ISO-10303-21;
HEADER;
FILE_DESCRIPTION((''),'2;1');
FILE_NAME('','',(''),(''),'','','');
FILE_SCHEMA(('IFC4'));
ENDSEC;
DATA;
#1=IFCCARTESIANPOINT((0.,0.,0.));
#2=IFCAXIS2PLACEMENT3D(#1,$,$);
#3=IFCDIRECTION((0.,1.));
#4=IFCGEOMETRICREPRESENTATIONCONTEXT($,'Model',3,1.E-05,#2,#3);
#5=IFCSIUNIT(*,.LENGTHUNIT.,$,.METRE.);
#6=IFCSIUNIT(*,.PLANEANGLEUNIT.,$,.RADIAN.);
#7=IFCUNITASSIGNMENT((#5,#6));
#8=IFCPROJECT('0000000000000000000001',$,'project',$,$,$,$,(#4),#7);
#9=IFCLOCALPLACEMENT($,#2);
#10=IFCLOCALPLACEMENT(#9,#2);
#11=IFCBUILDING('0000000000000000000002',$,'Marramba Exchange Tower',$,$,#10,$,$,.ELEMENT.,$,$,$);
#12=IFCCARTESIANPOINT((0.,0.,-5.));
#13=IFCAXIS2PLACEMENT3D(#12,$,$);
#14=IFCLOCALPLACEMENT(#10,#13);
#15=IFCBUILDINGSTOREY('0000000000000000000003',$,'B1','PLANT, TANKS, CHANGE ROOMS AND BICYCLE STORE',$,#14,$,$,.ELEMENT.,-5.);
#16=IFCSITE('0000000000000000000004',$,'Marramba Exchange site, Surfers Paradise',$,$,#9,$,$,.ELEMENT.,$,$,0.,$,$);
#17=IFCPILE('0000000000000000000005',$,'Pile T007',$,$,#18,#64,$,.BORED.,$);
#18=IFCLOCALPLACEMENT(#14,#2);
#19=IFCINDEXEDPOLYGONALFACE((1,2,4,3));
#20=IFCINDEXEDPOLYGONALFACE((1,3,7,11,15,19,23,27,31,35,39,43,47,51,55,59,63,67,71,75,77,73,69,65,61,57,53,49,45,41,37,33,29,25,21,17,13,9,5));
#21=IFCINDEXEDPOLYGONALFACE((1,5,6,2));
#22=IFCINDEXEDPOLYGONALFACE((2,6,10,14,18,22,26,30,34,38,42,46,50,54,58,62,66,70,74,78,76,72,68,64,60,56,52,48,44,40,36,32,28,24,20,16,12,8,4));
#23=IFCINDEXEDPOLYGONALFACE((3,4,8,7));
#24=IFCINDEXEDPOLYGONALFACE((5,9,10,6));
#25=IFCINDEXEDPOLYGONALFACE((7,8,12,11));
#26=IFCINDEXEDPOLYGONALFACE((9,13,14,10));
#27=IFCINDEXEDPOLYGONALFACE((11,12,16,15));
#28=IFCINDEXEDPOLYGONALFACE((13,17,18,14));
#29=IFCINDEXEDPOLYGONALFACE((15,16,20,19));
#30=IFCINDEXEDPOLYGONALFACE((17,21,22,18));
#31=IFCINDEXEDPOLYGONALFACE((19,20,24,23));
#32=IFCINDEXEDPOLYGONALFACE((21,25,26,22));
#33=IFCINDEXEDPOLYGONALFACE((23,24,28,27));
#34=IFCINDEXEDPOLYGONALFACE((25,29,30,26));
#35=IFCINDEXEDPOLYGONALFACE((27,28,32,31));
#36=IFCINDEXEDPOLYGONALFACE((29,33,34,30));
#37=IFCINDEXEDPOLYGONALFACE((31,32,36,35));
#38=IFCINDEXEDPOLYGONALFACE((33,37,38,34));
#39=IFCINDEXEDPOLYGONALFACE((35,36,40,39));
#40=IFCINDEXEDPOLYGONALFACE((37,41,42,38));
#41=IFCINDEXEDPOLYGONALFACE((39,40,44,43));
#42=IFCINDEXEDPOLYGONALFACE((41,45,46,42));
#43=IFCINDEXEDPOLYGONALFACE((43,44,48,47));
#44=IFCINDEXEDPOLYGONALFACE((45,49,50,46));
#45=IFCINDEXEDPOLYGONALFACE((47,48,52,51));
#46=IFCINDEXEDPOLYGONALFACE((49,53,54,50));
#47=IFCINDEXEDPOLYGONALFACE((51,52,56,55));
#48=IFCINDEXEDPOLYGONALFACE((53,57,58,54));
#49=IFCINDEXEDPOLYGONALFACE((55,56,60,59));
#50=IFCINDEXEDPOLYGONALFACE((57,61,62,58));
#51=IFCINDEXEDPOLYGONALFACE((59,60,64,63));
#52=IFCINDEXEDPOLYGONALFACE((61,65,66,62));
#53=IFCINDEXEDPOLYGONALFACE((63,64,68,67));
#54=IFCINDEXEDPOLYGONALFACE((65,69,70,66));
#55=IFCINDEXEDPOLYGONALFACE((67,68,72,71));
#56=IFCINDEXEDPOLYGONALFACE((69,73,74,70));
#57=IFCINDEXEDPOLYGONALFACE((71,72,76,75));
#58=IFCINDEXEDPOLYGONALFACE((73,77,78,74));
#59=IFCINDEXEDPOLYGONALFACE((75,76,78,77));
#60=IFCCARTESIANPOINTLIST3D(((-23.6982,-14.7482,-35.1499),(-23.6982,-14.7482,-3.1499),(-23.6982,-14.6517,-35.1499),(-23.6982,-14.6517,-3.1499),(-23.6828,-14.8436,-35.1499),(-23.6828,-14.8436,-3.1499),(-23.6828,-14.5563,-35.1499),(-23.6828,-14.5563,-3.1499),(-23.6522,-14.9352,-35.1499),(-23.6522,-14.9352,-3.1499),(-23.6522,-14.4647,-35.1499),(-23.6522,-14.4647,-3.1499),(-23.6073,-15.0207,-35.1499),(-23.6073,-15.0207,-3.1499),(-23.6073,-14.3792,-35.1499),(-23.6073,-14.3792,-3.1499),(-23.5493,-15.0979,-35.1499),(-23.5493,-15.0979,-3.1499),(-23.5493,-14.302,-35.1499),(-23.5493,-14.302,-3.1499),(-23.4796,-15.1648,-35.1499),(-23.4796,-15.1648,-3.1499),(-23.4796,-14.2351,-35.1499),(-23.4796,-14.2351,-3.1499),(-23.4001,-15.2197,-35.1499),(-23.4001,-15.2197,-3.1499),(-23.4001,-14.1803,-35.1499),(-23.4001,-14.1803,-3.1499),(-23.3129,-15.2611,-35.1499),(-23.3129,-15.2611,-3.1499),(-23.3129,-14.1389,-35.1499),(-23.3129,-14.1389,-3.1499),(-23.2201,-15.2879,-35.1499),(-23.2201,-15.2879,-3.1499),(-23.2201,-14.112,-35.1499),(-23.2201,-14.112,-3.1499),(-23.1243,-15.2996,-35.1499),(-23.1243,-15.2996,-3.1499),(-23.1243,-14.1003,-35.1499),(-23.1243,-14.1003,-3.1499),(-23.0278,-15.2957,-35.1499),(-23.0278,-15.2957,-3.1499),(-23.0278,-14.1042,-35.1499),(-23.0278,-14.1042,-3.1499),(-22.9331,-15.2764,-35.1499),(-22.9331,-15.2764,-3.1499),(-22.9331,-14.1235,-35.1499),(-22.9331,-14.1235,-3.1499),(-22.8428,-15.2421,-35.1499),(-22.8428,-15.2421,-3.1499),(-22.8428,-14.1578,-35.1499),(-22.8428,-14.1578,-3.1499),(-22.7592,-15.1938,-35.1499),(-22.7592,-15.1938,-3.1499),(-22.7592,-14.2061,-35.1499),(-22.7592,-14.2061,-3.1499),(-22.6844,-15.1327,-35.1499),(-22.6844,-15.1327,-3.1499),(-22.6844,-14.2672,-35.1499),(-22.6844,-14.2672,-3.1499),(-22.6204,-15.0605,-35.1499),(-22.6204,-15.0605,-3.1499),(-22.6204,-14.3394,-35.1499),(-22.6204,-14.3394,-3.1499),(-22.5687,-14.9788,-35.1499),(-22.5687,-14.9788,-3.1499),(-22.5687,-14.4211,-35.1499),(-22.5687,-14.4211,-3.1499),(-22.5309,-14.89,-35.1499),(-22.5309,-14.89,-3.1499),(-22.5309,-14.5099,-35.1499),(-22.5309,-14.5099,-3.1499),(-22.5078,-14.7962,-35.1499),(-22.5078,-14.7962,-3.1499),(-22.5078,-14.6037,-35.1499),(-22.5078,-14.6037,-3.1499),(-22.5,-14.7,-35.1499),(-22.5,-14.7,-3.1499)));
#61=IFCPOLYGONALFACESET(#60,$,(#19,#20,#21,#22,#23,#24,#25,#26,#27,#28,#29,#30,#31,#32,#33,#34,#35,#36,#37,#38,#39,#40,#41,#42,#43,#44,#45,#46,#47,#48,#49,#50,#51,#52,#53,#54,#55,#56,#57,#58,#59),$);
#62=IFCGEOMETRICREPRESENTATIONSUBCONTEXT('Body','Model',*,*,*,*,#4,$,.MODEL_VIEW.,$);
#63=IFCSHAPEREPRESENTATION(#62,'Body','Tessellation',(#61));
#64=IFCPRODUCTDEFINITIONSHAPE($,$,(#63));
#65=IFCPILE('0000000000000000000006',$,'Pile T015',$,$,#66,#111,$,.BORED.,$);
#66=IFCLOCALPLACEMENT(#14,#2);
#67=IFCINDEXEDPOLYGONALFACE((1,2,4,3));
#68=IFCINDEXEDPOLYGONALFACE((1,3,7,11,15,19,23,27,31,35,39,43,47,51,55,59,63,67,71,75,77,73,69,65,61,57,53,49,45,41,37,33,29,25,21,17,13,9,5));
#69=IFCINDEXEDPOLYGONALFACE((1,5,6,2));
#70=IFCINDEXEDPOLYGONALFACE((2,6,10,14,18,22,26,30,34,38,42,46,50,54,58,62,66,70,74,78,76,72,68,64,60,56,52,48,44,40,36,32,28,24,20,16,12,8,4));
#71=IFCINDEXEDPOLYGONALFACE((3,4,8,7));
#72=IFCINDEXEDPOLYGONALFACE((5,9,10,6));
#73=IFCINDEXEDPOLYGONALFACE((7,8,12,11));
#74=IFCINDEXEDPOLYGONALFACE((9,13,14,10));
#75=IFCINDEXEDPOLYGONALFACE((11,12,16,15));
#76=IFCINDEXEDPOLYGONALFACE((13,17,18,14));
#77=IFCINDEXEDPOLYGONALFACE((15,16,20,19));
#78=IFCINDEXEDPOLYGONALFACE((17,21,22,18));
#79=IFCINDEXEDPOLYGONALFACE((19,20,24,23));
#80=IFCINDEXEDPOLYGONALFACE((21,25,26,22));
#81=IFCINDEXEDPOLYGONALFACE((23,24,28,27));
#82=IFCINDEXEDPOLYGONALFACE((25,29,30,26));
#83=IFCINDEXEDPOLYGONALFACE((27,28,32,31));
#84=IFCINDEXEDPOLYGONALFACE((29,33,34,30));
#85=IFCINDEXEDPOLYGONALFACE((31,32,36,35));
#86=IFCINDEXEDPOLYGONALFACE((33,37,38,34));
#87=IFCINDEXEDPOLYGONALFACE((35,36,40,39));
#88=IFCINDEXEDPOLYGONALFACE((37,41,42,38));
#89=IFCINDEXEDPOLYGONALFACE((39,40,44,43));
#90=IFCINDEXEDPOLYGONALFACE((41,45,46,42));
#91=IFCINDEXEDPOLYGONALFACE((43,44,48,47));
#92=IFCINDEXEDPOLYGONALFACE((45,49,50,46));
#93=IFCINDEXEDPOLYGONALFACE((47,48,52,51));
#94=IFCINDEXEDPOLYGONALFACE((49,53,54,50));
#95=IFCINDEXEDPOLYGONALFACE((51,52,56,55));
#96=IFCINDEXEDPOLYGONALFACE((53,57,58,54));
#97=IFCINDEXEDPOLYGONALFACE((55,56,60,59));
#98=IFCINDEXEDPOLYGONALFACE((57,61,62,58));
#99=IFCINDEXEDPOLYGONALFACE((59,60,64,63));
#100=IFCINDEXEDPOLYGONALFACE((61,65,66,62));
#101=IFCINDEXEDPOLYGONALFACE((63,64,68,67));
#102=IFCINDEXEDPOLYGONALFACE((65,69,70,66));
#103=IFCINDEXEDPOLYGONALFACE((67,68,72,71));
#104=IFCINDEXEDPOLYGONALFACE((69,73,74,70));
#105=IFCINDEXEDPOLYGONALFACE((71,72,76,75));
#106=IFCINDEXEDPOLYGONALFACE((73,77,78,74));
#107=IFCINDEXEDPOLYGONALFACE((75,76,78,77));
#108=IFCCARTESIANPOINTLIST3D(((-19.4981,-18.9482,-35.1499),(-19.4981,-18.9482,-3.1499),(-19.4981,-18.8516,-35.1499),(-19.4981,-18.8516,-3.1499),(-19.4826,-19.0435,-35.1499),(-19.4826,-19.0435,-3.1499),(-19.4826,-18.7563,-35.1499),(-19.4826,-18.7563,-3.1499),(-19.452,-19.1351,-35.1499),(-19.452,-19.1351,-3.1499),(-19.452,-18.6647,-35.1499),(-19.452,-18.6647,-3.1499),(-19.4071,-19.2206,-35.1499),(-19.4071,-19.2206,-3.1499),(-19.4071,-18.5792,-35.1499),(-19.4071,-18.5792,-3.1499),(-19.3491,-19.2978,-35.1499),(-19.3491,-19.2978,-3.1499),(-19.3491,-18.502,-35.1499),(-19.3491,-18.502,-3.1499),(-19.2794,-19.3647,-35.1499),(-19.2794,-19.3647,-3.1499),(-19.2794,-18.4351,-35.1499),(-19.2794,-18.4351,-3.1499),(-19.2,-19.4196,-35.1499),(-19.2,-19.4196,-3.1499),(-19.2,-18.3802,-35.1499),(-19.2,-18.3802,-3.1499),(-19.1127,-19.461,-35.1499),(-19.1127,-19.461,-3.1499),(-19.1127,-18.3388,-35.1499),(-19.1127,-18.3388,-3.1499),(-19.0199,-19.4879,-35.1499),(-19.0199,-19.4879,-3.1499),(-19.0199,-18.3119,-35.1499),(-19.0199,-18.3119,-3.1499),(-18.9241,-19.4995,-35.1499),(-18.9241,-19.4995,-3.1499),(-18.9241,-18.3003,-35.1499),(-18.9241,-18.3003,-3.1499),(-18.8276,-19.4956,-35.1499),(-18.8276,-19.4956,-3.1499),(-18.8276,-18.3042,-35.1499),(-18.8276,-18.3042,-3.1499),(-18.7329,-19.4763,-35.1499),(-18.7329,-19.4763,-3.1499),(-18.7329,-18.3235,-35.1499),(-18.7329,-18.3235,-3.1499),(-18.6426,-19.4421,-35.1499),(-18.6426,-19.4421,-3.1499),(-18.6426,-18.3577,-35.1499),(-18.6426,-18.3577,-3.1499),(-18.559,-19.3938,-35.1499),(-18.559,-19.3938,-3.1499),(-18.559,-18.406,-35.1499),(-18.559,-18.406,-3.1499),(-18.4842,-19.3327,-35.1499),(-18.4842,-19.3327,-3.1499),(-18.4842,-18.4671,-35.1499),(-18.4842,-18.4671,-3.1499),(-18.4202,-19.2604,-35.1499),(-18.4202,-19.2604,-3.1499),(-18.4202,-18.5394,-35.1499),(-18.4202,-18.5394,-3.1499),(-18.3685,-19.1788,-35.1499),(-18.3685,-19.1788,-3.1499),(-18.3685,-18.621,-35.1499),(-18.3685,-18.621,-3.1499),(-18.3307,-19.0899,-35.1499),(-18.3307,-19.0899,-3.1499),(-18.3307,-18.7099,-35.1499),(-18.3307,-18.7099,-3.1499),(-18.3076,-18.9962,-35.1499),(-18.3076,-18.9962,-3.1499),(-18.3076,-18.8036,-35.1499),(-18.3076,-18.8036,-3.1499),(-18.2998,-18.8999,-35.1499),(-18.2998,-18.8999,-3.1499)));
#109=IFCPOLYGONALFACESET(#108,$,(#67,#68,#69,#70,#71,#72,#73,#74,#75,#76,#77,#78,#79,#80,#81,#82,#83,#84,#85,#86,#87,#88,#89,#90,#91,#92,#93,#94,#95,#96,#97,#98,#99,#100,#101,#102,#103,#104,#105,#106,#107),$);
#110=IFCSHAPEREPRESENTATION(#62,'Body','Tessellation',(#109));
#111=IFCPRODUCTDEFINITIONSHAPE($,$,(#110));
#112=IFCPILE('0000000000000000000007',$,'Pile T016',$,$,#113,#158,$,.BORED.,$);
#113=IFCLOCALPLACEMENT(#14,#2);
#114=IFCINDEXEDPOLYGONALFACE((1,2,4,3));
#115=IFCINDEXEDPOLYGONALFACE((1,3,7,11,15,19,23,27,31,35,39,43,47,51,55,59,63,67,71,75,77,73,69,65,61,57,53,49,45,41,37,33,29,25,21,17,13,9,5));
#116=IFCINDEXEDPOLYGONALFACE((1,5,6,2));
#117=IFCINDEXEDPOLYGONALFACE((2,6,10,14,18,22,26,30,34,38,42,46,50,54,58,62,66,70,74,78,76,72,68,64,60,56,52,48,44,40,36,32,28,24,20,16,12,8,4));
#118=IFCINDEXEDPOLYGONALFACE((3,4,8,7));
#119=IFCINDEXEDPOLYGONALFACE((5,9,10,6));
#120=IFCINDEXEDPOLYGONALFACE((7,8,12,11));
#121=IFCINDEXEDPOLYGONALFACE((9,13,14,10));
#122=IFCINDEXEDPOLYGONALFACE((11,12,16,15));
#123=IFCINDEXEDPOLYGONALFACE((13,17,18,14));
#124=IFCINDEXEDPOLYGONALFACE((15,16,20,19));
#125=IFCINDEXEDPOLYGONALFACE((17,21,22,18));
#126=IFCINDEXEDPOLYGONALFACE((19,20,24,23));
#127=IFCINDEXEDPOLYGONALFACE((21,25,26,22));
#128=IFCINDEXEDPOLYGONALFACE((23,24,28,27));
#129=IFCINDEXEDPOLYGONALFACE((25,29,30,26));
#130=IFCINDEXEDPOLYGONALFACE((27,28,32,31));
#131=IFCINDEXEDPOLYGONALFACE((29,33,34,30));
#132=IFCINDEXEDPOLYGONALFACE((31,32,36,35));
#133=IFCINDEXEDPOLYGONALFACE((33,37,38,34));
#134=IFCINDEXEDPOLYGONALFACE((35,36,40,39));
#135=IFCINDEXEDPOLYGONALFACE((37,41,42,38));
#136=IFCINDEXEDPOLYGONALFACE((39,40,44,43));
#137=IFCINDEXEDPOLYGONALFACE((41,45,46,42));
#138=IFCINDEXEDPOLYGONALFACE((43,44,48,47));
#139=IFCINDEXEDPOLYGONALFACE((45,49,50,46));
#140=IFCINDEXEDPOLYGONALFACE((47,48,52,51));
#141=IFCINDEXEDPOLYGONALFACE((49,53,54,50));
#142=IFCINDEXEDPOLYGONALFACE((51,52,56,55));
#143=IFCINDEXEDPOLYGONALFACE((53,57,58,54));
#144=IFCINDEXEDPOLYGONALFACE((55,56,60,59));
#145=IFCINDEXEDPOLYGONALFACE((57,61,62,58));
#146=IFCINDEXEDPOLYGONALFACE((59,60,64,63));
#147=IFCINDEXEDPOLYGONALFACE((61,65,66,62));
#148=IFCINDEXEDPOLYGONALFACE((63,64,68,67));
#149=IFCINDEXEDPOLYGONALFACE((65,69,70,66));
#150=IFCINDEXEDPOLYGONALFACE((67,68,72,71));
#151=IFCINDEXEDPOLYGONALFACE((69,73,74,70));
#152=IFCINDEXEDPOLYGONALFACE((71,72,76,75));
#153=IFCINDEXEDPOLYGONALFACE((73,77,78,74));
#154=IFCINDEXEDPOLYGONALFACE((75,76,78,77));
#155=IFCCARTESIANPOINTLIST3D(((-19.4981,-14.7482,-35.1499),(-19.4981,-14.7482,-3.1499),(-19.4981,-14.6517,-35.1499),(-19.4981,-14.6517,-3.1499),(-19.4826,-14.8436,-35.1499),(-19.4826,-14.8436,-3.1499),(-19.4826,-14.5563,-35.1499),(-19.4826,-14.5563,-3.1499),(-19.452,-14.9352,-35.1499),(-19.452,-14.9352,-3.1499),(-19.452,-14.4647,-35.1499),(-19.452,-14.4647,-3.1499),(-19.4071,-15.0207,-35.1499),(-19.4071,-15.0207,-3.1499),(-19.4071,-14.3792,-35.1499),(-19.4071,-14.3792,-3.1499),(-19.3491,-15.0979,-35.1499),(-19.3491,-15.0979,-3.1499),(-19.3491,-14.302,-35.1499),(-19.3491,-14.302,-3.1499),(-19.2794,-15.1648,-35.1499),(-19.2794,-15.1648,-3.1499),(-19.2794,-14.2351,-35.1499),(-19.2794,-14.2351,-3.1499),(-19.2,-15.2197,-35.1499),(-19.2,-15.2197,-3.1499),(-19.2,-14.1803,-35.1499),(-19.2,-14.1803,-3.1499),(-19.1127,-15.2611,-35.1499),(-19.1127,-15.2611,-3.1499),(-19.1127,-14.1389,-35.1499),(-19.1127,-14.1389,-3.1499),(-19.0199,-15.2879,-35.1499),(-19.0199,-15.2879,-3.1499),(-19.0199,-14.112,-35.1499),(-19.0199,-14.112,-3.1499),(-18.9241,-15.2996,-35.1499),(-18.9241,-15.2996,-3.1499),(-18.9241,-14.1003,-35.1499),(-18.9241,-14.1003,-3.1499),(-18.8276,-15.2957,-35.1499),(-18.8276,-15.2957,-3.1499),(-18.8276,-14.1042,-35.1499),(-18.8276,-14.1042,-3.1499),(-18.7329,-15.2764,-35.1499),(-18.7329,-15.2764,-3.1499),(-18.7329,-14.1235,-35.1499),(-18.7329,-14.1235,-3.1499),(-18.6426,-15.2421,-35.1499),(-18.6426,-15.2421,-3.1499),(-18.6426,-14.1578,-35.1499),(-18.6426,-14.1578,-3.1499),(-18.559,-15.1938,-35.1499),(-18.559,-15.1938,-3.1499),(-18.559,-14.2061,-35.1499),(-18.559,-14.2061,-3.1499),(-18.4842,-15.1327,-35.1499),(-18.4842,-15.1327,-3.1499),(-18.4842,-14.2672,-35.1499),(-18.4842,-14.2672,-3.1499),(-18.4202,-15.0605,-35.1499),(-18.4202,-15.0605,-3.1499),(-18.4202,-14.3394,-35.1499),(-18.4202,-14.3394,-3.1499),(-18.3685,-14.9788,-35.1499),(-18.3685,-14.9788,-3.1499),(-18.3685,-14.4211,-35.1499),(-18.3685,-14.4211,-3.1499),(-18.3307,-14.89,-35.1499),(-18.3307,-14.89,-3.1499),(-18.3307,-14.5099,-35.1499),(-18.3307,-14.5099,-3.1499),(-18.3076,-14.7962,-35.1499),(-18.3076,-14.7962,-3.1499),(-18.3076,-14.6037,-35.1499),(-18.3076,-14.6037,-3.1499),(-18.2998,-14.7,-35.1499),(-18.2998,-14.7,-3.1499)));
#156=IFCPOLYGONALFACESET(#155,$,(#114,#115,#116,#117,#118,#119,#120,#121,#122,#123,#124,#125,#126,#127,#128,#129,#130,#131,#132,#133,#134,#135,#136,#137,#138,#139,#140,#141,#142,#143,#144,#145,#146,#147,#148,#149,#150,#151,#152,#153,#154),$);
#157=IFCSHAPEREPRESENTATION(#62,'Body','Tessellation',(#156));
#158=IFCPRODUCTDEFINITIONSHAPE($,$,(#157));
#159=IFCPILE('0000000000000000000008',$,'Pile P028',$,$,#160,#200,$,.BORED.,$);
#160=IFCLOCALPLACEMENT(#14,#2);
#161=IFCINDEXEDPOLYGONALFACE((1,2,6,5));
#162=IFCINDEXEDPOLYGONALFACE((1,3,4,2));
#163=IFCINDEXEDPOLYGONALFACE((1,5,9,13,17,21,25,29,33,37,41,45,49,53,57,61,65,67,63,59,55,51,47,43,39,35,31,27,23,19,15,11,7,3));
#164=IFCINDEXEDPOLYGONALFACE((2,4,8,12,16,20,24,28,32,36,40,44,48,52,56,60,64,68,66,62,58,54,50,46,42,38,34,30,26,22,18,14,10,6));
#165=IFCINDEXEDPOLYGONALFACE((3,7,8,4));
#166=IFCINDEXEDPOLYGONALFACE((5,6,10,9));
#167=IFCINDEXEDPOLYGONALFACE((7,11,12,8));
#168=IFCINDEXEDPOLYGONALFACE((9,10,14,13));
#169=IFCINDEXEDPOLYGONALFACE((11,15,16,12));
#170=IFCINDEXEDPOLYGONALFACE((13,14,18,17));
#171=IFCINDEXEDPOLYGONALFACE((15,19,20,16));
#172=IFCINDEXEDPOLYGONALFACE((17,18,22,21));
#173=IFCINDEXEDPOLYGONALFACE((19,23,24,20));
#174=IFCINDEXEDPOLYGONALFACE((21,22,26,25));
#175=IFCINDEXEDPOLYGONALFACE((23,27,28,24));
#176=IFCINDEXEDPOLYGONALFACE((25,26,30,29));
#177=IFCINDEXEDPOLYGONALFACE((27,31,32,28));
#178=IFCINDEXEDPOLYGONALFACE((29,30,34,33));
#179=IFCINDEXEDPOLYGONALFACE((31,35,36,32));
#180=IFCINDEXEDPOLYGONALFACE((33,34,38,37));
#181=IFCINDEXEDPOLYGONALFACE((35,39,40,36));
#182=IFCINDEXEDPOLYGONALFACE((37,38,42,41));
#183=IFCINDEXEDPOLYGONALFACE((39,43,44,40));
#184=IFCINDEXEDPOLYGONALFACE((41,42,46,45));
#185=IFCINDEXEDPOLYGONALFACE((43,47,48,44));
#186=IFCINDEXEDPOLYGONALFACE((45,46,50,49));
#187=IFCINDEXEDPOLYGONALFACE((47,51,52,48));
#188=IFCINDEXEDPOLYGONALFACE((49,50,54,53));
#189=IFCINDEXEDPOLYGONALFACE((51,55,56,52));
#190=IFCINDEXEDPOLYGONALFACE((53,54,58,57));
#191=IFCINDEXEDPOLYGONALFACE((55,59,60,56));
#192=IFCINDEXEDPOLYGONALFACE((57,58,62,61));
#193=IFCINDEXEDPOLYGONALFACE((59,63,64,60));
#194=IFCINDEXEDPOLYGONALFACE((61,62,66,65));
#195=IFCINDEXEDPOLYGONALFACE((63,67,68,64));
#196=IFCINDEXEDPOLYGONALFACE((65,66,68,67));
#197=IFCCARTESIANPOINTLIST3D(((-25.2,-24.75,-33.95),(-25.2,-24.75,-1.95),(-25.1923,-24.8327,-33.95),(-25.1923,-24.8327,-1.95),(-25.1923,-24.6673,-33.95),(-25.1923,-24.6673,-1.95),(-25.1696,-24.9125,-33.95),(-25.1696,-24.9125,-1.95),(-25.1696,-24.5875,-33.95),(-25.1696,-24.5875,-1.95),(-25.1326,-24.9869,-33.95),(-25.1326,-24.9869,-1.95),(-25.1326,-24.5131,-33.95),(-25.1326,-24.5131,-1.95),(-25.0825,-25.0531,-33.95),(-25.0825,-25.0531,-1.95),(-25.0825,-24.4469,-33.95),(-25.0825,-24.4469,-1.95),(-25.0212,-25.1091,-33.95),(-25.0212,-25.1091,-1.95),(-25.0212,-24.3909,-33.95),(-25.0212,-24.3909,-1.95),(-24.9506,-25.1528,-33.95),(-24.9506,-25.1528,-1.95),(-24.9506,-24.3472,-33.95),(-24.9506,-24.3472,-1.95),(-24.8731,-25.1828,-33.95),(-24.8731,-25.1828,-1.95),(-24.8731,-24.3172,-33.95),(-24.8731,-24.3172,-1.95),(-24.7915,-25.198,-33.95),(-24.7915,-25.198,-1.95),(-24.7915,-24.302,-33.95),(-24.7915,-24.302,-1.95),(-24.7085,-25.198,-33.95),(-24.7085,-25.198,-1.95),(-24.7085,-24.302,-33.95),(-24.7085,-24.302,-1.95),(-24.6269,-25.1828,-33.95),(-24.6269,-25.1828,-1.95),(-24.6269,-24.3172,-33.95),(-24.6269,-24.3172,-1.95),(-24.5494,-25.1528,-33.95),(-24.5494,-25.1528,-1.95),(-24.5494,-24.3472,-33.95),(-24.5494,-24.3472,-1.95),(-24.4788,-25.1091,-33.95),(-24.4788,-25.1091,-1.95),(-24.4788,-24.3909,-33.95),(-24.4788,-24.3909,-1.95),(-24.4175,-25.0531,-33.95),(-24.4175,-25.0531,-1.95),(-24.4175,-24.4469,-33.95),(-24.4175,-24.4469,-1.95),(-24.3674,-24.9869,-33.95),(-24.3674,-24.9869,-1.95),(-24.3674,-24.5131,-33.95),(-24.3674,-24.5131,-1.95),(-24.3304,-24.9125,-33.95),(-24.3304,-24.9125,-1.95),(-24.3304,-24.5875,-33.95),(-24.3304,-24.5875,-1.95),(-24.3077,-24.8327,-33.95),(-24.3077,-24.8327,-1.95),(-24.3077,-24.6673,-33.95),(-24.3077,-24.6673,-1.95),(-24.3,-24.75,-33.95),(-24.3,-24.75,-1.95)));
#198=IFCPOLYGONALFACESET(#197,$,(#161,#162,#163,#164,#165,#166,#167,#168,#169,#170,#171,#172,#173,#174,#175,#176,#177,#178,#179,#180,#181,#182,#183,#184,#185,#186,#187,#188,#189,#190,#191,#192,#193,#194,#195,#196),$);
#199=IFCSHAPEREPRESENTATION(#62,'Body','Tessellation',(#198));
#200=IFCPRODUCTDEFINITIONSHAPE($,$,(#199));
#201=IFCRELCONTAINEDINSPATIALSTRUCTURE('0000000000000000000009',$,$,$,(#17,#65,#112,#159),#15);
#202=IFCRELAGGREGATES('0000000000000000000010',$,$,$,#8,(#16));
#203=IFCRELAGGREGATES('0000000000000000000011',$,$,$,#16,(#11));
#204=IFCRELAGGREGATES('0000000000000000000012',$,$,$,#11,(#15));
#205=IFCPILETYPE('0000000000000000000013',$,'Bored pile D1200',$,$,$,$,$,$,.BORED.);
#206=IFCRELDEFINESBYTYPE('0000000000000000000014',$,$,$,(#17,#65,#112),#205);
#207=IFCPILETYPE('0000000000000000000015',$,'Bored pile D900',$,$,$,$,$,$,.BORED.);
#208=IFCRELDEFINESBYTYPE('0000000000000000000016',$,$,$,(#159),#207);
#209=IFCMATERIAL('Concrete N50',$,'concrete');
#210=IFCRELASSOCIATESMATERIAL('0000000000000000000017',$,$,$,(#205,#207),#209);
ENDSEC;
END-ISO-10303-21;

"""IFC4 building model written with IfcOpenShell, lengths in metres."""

from ifc_helpers import new_model, si_unit, direction, frame, origin, origin_2d, place, context, subcontext, project, spatial, circle, extrude, material, material_profile, profile_set, type_object, element, save


model = new_model("IFC4")

# Units and contexts
model_context = context("Model", 3, precision=1e-05, world=origin(), true_north=direction((0.0, 1.0)))
body_context = subcontext(model_context, "Body", "Model", "MODEL_VIEW")
ifc_project = project(units=[si_unit("LENGTHUNIT", "METRE"), si_unit("PLANEANGLEUNIT", "RADIAN")], contexts=[model_context])

# Site, building, storey
site_placement = place(None, origin())
site = spatial("IfcSite", under=ifc_project, at=site_placement, Name="Marramba Exchange site, Surfers Paradise", CompositionType="ELEMENT", RefElevation=0.0)
building_placement = place(site_placement, origin())
building = spatial("IfcBuilding", under=site, at=building_placement, Name="Marramba Exchange Tower", CompositionType="ELEMENT")
storey_placement = place(building_placement, frame((0.0, 0.0, -5.0)))
storey = spatial("IfcBuildingStorey", under=building, at=storey_placement, Name="B1", Description="PLANT, TANKS, CHANGE ROOMS AND BICYCLE STORE", CompositionType="ELEMENT", Elevation=-5.0)

# Piles
ifc_material_1 = material(Name="Concrete N50", Category="concrete")
ifc_material_profile_1 = material_profile(ifc_material_1, circle(Radius=0.6001, at=origin_2d()), Name="BP D1200")
ifc_profile_set_1 = profile_set([ifc_material_profile_1], Name="Concrete N50")
pile_type_1 = type_object("IfcPileType", Name="Bored pile D1200", PredefinedType="BORED", material=ifc_profile_set_1)
for number, where, z_axis, x_axis, name in (
    (1, (-23.1001, -14.7, -3.1499), (0.0, 0.0, -1.0), (1.0, 0.0, 0.0), "Pile T007"),
    (2, (-18.8999, -18.8999, -3.1499), (0.0, 0.0, -1.0), (1.0, 0.0, 0.0), "Pile T015"),
    (3, (-18.8999, -14.7, -3.1499), (0.0, 0.0, -1.0), (1.0, 0.0, 0.0), "Pile T016"),
):
    element("IfcPile", number, at=place(storey_placement, frame(where, z_axis=z_axis, x_axis=x_axis)), inside=storey, type_object=pile_type_1, Name=name, PredefinedType="BORED", context=body_context, shape_type="SweptSolid", body=[
        extrude(circle(Radius=0.6001, at=origin_2d()), origin(), (0.0, 0.0, 1.0), 32.0),
    ])
ifc_material_profile_2 = material_profile(ifc_material_1, circle(Radius=0.45, at=origin_2d()), Name="BP D900")
ifc_profile_set_2 = profile_set([ifc_material_profile_2], Name="Concrete N50")
pile_type_2 = type_object("IfcPileType", Name="Bored pile D900", PredefinedType="BORED", material=ifc_profile_set_2)
for number, where, z_axis, x_axis, name in (
    (4, (-24.75, -24.75, -1.95), (0.0, 0.0, -1.0), (1.0, 0.0, 0.0), "Pile P028"),
):
    element("IfcPile", number, at=place(storey_placement, frame(where, z_axis=z_axis, x_axis=x_axis)), inside=storey, type_object=pile_type_2, Name=name, PredefinedType="BORED", context=body_context, shape_type="SweptSolid", body=[
        extrude(circle(Radius=0.45, at=origin_2d()), origin(), (0.0, 0.0, 1.0), 32.0),
    ])

save(model, "model.ifc")
